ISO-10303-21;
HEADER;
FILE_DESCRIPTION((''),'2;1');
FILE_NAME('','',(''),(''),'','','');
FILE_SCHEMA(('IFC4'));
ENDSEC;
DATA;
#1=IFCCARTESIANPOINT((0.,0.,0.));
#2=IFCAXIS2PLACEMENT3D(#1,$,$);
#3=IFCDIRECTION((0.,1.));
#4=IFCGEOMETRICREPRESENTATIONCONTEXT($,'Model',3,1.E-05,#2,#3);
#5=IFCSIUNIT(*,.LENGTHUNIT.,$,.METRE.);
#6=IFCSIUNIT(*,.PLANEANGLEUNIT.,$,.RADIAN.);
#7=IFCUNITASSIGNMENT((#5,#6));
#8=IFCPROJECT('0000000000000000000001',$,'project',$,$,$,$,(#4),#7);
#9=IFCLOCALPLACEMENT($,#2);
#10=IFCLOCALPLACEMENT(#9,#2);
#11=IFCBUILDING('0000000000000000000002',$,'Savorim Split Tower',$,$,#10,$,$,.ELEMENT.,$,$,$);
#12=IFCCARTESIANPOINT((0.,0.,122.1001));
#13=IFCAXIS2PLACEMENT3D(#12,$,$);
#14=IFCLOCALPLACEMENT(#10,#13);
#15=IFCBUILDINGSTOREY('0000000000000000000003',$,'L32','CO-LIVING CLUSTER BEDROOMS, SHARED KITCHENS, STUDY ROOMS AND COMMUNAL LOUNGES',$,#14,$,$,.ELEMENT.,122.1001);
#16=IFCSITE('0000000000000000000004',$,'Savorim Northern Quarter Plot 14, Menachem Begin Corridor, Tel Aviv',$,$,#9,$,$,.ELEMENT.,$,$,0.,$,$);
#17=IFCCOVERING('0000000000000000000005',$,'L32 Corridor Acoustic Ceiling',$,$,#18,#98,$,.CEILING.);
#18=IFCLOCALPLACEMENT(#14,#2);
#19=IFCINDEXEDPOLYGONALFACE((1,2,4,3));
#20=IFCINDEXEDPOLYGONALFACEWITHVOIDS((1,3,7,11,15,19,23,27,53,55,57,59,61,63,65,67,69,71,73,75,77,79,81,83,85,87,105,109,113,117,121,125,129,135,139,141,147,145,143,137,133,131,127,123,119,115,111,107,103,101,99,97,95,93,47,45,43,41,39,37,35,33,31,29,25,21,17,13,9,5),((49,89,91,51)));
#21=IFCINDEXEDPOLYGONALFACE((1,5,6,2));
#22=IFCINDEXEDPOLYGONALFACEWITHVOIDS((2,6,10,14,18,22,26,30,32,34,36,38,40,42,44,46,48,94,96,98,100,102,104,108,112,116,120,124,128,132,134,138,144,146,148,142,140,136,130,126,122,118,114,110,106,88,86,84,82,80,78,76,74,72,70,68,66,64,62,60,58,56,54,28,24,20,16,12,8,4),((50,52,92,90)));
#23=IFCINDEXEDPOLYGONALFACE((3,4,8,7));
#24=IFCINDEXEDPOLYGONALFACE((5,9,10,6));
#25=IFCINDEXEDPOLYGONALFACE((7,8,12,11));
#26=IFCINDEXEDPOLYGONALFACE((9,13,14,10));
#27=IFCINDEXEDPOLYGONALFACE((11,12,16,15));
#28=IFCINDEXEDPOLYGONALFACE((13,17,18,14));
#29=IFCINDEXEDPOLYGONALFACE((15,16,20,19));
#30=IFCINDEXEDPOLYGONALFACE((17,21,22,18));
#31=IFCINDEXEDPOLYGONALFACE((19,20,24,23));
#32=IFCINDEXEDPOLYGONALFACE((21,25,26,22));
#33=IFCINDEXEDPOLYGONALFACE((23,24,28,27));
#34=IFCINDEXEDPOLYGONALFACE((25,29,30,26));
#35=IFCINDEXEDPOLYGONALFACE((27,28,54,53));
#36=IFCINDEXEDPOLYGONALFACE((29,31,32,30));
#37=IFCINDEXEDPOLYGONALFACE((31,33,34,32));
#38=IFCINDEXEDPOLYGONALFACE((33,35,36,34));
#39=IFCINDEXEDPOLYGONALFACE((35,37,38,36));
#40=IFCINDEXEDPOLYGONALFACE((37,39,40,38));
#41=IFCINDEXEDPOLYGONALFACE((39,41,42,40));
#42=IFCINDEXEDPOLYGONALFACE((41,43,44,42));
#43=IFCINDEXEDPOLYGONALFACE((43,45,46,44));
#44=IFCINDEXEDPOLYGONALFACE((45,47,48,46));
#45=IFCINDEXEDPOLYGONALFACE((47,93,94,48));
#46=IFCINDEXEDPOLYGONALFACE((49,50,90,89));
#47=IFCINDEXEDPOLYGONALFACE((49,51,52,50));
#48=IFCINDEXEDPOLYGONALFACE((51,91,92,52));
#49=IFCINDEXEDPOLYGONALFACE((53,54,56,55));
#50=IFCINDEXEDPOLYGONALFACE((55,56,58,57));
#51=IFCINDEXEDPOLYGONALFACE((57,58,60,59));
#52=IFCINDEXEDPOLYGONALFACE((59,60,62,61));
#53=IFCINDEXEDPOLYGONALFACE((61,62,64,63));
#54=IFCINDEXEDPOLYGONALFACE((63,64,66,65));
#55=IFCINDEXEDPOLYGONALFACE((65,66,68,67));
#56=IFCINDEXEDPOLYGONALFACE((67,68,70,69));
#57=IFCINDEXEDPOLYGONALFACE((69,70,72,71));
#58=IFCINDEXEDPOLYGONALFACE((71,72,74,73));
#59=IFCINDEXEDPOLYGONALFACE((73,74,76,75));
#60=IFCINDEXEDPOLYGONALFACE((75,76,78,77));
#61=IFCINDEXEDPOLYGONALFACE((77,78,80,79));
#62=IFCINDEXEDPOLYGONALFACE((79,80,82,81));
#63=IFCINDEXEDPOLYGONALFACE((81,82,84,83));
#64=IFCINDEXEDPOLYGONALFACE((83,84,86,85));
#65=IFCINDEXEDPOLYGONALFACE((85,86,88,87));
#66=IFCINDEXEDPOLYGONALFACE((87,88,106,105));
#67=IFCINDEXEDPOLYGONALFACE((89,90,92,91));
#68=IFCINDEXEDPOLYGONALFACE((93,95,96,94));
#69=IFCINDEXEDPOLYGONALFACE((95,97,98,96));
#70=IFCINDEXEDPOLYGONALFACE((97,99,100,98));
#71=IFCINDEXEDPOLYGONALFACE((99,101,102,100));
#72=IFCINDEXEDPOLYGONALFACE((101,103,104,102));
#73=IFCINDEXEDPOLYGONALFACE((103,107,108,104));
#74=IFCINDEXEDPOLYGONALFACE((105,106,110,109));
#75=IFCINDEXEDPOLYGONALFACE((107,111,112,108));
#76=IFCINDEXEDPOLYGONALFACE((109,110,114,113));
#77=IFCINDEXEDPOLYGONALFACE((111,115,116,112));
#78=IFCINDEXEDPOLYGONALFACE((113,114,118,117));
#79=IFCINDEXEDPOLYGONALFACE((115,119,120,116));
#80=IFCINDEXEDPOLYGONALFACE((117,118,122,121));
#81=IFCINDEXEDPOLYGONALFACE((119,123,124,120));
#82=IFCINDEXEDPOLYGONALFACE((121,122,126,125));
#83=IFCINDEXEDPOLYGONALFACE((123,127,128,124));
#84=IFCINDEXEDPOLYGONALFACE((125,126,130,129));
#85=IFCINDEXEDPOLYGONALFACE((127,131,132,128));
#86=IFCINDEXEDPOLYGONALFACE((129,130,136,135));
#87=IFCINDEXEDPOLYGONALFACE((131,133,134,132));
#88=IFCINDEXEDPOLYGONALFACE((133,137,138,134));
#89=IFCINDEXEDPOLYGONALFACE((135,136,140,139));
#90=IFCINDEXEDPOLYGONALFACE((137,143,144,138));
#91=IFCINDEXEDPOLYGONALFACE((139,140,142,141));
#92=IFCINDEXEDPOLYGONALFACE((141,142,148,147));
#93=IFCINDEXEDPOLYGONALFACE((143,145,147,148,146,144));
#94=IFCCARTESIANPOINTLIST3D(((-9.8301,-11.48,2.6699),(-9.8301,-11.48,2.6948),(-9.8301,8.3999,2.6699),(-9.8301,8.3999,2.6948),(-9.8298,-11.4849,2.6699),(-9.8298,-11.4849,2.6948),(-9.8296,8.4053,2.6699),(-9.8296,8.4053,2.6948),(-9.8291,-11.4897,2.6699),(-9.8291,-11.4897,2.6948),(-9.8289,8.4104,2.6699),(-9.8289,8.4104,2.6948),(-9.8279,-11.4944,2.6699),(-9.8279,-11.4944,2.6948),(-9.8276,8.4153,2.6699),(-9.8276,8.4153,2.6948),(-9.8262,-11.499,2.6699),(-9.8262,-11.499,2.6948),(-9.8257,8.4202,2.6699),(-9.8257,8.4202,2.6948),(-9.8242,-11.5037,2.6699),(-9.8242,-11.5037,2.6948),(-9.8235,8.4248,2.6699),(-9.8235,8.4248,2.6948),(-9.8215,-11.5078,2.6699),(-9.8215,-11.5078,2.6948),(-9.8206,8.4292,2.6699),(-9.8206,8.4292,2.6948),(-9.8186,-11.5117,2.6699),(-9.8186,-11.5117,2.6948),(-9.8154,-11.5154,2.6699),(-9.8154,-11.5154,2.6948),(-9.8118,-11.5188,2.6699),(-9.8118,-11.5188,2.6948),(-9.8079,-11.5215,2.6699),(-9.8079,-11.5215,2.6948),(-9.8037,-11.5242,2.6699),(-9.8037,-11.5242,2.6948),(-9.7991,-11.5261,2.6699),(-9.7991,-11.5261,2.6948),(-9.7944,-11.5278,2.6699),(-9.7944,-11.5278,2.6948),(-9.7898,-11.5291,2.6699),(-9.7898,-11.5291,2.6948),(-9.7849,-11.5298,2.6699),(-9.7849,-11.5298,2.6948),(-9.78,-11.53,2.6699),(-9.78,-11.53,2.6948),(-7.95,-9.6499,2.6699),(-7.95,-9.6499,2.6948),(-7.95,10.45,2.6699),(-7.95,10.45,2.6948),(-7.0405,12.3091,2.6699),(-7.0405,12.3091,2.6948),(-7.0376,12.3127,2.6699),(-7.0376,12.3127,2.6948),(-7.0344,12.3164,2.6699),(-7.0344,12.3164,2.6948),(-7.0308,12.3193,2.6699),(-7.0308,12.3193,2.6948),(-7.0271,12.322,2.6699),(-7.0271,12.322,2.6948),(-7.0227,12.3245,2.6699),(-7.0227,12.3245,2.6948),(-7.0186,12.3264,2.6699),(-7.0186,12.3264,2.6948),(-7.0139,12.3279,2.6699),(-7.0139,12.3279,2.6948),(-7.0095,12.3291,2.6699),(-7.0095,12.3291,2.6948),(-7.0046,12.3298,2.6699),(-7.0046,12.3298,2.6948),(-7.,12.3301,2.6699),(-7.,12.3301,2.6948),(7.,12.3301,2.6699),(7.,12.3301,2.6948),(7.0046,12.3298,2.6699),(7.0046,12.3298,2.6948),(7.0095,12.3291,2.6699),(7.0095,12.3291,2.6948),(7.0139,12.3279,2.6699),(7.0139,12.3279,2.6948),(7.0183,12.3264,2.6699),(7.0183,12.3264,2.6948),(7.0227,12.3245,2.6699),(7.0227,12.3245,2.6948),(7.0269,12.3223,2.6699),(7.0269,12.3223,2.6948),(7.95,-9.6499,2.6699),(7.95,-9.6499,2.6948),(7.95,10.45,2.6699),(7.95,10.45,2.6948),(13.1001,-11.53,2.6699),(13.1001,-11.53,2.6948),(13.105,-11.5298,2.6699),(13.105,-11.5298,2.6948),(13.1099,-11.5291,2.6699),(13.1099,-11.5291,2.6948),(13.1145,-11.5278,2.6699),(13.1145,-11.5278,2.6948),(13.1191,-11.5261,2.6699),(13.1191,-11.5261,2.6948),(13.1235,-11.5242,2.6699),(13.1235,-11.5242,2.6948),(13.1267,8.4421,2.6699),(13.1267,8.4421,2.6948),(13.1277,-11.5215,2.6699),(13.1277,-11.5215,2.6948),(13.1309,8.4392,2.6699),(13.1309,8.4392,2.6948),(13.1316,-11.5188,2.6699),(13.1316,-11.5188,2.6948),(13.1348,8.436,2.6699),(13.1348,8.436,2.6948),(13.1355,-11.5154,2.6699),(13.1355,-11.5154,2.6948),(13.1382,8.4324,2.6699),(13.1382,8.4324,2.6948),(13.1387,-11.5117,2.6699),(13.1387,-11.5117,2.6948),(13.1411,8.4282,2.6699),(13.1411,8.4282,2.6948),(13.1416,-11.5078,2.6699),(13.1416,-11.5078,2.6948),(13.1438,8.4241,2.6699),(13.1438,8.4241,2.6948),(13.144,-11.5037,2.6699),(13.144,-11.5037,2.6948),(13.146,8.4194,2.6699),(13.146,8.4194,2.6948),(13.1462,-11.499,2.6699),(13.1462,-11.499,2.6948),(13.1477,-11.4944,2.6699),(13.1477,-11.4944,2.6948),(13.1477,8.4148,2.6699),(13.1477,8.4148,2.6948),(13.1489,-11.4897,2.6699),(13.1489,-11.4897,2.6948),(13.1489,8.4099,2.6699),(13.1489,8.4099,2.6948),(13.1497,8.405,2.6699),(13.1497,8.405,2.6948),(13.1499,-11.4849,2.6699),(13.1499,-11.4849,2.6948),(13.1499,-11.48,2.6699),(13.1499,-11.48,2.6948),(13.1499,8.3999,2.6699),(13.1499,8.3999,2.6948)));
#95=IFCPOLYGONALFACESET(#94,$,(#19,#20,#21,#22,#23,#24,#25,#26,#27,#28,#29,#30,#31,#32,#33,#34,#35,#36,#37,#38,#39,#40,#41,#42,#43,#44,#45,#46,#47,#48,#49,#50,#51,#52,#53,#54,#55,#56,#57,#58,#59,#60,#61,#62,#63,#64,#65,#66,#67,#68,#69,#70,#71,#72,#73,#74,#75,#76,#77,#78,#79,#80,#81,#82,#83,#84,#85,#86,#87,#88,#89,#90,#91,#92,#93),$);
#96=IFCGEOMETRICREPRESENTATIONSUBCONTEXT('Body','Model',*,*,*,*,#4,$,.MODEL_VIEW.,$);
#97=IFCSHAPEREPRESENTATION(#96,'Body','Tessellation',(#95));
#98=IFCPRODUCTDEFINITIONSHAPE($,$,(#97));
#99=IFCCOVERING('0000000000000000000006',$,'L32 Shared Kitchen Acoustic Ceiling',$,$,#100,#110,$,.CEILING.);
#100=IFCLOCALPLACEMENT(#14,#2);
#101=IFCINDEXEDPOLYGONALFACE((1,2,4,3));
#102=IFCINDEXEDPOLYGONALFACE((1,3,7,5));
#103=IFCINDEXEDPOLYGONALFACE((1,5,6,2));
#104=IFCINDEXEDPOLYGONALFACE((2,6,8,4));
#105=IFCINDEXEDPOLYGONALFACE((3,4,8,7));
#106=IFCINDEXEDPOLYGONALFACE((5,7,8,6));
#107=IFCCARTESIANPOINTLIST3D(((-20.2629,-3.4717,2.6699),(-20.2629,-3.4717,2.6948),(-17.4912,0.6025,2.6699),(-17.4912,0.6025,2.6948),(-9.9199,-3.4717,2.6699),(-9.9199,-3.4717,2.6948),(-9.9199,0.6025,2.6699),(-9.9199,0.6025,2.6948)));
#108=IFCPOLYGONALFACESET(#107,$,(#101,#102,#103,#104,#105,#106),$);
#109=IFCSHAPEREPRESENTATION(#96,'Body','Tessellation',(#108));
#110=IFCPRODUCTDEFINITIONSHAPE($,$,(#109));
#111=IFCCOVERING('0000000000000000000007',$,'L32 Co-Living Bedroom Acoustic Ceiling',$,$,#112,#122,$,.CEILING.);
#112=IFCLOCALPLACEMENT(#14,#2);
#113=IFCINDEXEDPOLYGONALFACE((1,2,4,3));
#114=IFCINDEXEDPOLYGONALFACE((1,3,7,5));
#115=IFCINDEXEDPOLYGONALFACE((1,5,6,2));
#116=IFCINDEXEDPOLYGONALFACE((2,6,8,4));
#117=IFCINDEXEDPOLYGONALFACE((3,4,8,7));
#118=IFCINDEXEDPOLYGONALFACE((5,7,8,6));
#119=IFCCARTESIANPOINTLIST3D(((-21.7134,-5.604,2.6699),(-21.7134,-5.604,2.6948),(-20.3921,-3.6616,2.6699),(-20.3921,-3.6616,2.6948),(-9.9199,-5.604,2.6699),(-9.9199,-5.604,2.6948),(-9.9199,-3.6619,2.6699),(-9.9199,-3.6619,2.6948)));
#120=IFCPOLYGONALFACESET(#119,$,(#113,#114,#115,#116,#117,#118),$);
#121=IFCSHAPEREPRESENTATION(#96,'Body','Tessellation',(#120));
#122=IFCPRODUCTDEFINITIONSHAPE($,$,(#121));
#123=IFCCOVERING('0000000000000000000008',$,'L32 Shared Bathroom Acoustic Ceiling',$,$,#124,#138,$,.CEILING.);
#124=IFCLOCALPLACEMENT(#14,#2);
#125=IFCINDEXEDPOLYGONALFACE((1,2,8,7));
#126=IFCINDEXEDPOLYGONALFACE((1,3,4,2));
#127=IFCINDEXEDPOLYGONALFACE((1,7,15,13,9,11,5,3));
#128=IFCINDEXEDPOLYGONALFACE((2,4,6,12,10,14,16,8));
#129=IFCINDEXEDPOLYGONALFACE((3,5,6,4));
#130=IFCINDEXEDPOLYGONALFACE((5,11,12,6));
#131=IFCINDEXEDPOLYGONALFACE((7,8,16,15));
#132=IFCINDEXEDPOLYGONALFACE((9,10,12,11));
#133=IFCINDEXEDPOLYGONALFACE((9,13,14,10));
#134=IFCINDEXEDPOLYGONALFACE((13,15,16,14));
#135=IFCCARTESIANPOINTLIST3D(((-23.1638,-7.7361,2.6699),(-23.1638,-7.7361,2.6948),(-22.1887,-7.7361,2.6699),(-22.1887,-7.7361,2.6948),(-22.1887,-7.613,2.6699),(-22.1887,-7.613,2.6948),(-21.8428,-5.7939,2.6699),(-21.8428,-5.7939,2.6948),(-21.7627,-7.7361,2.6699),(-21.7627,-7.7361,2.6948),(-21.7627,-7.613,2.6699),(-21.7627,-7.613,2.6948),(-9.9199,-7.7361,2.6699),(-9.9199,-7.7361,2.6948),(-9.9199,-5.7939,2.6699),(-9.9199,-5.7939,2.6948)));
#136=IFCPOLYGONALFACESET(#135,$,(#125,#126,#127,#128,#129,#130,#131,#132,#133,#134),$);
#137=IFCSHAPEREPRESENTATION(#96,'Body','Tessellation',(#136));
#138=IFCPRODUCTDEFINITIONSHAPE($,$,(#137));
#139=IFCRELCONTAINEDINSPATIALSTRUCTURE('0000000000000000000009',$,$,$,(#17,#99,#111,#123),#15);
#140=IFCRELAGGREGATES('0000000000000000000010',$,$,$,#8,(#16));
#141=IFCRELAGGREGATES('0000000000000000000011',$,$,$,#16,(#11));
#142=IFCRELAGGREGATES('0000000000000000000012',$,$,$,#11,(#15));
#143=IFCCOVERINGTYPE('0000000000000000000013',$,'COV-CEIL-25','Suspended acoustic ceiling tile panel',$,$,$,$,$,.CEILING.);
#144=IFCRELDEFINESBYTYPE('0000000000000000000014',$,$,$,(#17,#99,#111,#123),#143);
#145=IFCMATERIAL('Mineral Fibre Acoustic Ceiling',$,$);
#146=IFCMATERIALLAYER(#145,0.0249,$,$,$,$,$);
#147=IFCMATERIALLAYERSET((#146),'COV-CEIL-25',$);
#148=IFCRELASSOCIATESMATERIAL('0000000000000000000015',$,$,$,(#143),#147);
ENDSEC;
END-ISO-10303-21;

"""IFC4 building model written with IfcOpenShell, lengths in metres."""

from ifc_helpers import new_model, si_unit, direction, frame, origin, place, context, subcontext, project, spatial, polyline, outline, extrude, material, layer, layer_set, type_object, element, save


model = new_model("IFC4")

# Units and contexts
model_context = context("Model", 3, precision=1e-05, world=origin(), true_north=direction((0.0, 1.0)))
body_context = subcontext(model_context, "Body", "Model", "MODEL_VIEW")
ifc_project = project(units=[si_unit("LENGTHUNIT", "METRE"), si_unit("PLANEANGLEUNIT", "RADIAN")], contexts=[model_context])

# Site, building, storey
site_placement = place(None, origin())
site = spatial("IfcSite", under=ifc_project, at=site_placement, Name="Savorim Northern Quarter Plot 14, Menachem Begin Corridor, Tel Aviv", CompositionType="ELEMENT", RefElevation=0.0)
building_placement = place(site_placement, origin())
building = spatial("IfcBuilding", under=site, at=building_placement, Name="Savorim Split Tower", CompositionType="ELEMENT")
storey_placement = place(building_placement, frame((0.0, 0.0, 122.1001)))
storey = spatial("IfcBuildingStorey", under=building, at=storey_placement, Name="L32", Description="CO-LIVING CLUSTER BEDROOMS, SHARED KITCHENS, STUDY ROOMS AND COMMUNAL LOUNGES", CompositionType="ELEMENT", Elevation=122.1001)

# Coverings
ifc_material_1 = material(Name="Mineral Fibre Acoustic Ceiling")
ifc_layer_1 = layer(ifc_material_1, 0.0249)
ifc_layer_set_1 = layer_set([ifc_layer_1], Name="COV-CEIL-25")
covering_type_1 = type_object("IfcCoveringType", Name="COV-CEIL-25", Description="Suspended acoustic ceiling tile panel", PredefinedType="CEILING", material=ifc_layer_set_1)
covering_1_placement = place(storey_placement, frame((0.0, 0.0, 2.6699)))
element("IfcCovering", 1, at=covering_1_placement, inside=storey, type_object=covering_type_1, Name="L32 Corridor Acoustic Ceiling", PredefinedType="CEILING", context=body_context, shape_type="SweptSolid", body=[
    extrude(outline(polyline([(7.0095, 12.3291), (7.0046, 12.3298), (7.0, 12.3301), (-7.0, 12.3301), (-7.0046, 12.3298), (-7.0095, 12.3291), (-7.0139, 12.3279), (-7.0186, 12.3264), (-7.0227, 12.3245), (-7.0271, 12.322), (-7.0308, 12.3193), (-7.0344, 12.3164), (-7.0376, 12.3127), (-7.0405, 12.3091), (-9.8206, 8.4292), (-9.8235, 8.4248), (-9.8257, 8.4202), (-9.8276, 8.4153), (-9.8289, 8.4104), (-9.8296, 8.4053), (-9.8301, 8.3999), (-9.8301, -11.48), (-9.8298, -11.4849), (-9.8291, -11.4897), (-9.8279, -11.4944), (-9.8262, -11.499), (-9.8242, -11.5037), (-9.8215, -11.5078), (-9.8186, -11.5117), (-9.8154, -11.5154), (-9.8118, -11.5188), (-9.8079, -11.5215), (-9.8037, -11.5242), (-9.7991, -11.5261), (-9.7944, -11.5278), (-9.7898, -11.5291), (-9.7849, -11.5298), (-9.78, -11.53), (13.1001, -11.53), (13.105, -11.5298), (13.1099, -11.5291), (13.1145, -11.5278), (13.1191, -11.5261), (13.1235, -11.5242), (13.1277, -11.5215), (13.1316, -11.5188), (13.1355, -11.5154), (13.1387, -11.5117), (13.1416, -11.5078), (13.144, -11.5037), (13.1462, -11.499), (13.1477, -11.4944), (13.1489, -11.4897), (13.1499, -11.4849), (13.1499, -11.48), (13.1499, 8.3999), (13.1497, 8.405), (13.1489, 8.4099), (13.1477, 8.4148), (13.146, 8.4194), (13.1438, 8.4241), (13.1411, 8.4282), (13.1382, 8.4324), (13.1348, 8.436), (13.1309, 8.4392), (13.1267, 8.4421), (7.0269, 12.3223), (7.0227, 12.3245), (7.0183, 12.3264), (7.0139, 12.3279), (7.0095, 12.3291)]), holes=[polyline([(-7.95, 10.45), (-7.95, -9.6499), (7.95, -9.6499), (7.95, 10.45), (-7.95, 10.45)])]), origin(), (0.0, 0.0, 1.0), 0.0249),
])
covering_2_placement = place(storey_placement, frame((0.0, 0.0, 2.6699)))
element("IfcCovering", 2, at=covering_2_placement, inside=storey, type_object=covering_type_1, Name="L32 Shared Kitchen Acoustic Ceiling", PredefinedType="CEILING", context=body_context, shape_type="SweptSolid", body=[
    extrude(outline(polyline([(-17.4912, 0.6025), (-20.2629, -3.4717), (-9.9199, -3.4717), (-9.9199, 0.6025), (-17.4912, 0.6025)])), origin(), (0.0, 0.0, 1.0), 0.0249),
])
covering_3_placement = place(storey_placement, frame((0.0, 0.0, 2.6699)))
element("IfcCovering", 3, at=covering_3_placement, inside=storey, type_object=covering_type_1, Name="L32 Co-Living Bedroom Acoustic Ceiling", PredefinedType="CEILING", context=body_context, shape_type="SweptSolid", body=[
    extrude(outline(polyline([(-20.3921, -3.6616), (-21.7134, -5.604), (-9.9199, -5.604), (-9.9199, -3.6619), (-20.3921, -3.6616)])), origin(), (0.0, 0.0, 1.0), 0.0249),
])
covering_4_placement = place(storey_placement, frame((0.0, 0.0, 2.6699)))
element("IfcCovering", 4, at=covering_4_placement, inside=storey, type_object=covering_type_1, Name="L32 Shared Bathroom Acoustic Ceiling", PredefinedType="CEILING", context=body_context, shape_type="SweptSolid", body=[
    extrude(outline(polyline([(-21.7627, -7.613), (-21.7627, -7.7361), (-9.9199, -7.7361), (-9.9199, -5.7939), (-21.8428, -5.7939), (-23.1638, -7.7361), (-22.1887, -7.7361), (-22.1887, -7.613), (-21.7627, -7.613)])), origin(), (0.0, 0.0, 1.0), 0.0249),
])

save(model, "model.ifc")
